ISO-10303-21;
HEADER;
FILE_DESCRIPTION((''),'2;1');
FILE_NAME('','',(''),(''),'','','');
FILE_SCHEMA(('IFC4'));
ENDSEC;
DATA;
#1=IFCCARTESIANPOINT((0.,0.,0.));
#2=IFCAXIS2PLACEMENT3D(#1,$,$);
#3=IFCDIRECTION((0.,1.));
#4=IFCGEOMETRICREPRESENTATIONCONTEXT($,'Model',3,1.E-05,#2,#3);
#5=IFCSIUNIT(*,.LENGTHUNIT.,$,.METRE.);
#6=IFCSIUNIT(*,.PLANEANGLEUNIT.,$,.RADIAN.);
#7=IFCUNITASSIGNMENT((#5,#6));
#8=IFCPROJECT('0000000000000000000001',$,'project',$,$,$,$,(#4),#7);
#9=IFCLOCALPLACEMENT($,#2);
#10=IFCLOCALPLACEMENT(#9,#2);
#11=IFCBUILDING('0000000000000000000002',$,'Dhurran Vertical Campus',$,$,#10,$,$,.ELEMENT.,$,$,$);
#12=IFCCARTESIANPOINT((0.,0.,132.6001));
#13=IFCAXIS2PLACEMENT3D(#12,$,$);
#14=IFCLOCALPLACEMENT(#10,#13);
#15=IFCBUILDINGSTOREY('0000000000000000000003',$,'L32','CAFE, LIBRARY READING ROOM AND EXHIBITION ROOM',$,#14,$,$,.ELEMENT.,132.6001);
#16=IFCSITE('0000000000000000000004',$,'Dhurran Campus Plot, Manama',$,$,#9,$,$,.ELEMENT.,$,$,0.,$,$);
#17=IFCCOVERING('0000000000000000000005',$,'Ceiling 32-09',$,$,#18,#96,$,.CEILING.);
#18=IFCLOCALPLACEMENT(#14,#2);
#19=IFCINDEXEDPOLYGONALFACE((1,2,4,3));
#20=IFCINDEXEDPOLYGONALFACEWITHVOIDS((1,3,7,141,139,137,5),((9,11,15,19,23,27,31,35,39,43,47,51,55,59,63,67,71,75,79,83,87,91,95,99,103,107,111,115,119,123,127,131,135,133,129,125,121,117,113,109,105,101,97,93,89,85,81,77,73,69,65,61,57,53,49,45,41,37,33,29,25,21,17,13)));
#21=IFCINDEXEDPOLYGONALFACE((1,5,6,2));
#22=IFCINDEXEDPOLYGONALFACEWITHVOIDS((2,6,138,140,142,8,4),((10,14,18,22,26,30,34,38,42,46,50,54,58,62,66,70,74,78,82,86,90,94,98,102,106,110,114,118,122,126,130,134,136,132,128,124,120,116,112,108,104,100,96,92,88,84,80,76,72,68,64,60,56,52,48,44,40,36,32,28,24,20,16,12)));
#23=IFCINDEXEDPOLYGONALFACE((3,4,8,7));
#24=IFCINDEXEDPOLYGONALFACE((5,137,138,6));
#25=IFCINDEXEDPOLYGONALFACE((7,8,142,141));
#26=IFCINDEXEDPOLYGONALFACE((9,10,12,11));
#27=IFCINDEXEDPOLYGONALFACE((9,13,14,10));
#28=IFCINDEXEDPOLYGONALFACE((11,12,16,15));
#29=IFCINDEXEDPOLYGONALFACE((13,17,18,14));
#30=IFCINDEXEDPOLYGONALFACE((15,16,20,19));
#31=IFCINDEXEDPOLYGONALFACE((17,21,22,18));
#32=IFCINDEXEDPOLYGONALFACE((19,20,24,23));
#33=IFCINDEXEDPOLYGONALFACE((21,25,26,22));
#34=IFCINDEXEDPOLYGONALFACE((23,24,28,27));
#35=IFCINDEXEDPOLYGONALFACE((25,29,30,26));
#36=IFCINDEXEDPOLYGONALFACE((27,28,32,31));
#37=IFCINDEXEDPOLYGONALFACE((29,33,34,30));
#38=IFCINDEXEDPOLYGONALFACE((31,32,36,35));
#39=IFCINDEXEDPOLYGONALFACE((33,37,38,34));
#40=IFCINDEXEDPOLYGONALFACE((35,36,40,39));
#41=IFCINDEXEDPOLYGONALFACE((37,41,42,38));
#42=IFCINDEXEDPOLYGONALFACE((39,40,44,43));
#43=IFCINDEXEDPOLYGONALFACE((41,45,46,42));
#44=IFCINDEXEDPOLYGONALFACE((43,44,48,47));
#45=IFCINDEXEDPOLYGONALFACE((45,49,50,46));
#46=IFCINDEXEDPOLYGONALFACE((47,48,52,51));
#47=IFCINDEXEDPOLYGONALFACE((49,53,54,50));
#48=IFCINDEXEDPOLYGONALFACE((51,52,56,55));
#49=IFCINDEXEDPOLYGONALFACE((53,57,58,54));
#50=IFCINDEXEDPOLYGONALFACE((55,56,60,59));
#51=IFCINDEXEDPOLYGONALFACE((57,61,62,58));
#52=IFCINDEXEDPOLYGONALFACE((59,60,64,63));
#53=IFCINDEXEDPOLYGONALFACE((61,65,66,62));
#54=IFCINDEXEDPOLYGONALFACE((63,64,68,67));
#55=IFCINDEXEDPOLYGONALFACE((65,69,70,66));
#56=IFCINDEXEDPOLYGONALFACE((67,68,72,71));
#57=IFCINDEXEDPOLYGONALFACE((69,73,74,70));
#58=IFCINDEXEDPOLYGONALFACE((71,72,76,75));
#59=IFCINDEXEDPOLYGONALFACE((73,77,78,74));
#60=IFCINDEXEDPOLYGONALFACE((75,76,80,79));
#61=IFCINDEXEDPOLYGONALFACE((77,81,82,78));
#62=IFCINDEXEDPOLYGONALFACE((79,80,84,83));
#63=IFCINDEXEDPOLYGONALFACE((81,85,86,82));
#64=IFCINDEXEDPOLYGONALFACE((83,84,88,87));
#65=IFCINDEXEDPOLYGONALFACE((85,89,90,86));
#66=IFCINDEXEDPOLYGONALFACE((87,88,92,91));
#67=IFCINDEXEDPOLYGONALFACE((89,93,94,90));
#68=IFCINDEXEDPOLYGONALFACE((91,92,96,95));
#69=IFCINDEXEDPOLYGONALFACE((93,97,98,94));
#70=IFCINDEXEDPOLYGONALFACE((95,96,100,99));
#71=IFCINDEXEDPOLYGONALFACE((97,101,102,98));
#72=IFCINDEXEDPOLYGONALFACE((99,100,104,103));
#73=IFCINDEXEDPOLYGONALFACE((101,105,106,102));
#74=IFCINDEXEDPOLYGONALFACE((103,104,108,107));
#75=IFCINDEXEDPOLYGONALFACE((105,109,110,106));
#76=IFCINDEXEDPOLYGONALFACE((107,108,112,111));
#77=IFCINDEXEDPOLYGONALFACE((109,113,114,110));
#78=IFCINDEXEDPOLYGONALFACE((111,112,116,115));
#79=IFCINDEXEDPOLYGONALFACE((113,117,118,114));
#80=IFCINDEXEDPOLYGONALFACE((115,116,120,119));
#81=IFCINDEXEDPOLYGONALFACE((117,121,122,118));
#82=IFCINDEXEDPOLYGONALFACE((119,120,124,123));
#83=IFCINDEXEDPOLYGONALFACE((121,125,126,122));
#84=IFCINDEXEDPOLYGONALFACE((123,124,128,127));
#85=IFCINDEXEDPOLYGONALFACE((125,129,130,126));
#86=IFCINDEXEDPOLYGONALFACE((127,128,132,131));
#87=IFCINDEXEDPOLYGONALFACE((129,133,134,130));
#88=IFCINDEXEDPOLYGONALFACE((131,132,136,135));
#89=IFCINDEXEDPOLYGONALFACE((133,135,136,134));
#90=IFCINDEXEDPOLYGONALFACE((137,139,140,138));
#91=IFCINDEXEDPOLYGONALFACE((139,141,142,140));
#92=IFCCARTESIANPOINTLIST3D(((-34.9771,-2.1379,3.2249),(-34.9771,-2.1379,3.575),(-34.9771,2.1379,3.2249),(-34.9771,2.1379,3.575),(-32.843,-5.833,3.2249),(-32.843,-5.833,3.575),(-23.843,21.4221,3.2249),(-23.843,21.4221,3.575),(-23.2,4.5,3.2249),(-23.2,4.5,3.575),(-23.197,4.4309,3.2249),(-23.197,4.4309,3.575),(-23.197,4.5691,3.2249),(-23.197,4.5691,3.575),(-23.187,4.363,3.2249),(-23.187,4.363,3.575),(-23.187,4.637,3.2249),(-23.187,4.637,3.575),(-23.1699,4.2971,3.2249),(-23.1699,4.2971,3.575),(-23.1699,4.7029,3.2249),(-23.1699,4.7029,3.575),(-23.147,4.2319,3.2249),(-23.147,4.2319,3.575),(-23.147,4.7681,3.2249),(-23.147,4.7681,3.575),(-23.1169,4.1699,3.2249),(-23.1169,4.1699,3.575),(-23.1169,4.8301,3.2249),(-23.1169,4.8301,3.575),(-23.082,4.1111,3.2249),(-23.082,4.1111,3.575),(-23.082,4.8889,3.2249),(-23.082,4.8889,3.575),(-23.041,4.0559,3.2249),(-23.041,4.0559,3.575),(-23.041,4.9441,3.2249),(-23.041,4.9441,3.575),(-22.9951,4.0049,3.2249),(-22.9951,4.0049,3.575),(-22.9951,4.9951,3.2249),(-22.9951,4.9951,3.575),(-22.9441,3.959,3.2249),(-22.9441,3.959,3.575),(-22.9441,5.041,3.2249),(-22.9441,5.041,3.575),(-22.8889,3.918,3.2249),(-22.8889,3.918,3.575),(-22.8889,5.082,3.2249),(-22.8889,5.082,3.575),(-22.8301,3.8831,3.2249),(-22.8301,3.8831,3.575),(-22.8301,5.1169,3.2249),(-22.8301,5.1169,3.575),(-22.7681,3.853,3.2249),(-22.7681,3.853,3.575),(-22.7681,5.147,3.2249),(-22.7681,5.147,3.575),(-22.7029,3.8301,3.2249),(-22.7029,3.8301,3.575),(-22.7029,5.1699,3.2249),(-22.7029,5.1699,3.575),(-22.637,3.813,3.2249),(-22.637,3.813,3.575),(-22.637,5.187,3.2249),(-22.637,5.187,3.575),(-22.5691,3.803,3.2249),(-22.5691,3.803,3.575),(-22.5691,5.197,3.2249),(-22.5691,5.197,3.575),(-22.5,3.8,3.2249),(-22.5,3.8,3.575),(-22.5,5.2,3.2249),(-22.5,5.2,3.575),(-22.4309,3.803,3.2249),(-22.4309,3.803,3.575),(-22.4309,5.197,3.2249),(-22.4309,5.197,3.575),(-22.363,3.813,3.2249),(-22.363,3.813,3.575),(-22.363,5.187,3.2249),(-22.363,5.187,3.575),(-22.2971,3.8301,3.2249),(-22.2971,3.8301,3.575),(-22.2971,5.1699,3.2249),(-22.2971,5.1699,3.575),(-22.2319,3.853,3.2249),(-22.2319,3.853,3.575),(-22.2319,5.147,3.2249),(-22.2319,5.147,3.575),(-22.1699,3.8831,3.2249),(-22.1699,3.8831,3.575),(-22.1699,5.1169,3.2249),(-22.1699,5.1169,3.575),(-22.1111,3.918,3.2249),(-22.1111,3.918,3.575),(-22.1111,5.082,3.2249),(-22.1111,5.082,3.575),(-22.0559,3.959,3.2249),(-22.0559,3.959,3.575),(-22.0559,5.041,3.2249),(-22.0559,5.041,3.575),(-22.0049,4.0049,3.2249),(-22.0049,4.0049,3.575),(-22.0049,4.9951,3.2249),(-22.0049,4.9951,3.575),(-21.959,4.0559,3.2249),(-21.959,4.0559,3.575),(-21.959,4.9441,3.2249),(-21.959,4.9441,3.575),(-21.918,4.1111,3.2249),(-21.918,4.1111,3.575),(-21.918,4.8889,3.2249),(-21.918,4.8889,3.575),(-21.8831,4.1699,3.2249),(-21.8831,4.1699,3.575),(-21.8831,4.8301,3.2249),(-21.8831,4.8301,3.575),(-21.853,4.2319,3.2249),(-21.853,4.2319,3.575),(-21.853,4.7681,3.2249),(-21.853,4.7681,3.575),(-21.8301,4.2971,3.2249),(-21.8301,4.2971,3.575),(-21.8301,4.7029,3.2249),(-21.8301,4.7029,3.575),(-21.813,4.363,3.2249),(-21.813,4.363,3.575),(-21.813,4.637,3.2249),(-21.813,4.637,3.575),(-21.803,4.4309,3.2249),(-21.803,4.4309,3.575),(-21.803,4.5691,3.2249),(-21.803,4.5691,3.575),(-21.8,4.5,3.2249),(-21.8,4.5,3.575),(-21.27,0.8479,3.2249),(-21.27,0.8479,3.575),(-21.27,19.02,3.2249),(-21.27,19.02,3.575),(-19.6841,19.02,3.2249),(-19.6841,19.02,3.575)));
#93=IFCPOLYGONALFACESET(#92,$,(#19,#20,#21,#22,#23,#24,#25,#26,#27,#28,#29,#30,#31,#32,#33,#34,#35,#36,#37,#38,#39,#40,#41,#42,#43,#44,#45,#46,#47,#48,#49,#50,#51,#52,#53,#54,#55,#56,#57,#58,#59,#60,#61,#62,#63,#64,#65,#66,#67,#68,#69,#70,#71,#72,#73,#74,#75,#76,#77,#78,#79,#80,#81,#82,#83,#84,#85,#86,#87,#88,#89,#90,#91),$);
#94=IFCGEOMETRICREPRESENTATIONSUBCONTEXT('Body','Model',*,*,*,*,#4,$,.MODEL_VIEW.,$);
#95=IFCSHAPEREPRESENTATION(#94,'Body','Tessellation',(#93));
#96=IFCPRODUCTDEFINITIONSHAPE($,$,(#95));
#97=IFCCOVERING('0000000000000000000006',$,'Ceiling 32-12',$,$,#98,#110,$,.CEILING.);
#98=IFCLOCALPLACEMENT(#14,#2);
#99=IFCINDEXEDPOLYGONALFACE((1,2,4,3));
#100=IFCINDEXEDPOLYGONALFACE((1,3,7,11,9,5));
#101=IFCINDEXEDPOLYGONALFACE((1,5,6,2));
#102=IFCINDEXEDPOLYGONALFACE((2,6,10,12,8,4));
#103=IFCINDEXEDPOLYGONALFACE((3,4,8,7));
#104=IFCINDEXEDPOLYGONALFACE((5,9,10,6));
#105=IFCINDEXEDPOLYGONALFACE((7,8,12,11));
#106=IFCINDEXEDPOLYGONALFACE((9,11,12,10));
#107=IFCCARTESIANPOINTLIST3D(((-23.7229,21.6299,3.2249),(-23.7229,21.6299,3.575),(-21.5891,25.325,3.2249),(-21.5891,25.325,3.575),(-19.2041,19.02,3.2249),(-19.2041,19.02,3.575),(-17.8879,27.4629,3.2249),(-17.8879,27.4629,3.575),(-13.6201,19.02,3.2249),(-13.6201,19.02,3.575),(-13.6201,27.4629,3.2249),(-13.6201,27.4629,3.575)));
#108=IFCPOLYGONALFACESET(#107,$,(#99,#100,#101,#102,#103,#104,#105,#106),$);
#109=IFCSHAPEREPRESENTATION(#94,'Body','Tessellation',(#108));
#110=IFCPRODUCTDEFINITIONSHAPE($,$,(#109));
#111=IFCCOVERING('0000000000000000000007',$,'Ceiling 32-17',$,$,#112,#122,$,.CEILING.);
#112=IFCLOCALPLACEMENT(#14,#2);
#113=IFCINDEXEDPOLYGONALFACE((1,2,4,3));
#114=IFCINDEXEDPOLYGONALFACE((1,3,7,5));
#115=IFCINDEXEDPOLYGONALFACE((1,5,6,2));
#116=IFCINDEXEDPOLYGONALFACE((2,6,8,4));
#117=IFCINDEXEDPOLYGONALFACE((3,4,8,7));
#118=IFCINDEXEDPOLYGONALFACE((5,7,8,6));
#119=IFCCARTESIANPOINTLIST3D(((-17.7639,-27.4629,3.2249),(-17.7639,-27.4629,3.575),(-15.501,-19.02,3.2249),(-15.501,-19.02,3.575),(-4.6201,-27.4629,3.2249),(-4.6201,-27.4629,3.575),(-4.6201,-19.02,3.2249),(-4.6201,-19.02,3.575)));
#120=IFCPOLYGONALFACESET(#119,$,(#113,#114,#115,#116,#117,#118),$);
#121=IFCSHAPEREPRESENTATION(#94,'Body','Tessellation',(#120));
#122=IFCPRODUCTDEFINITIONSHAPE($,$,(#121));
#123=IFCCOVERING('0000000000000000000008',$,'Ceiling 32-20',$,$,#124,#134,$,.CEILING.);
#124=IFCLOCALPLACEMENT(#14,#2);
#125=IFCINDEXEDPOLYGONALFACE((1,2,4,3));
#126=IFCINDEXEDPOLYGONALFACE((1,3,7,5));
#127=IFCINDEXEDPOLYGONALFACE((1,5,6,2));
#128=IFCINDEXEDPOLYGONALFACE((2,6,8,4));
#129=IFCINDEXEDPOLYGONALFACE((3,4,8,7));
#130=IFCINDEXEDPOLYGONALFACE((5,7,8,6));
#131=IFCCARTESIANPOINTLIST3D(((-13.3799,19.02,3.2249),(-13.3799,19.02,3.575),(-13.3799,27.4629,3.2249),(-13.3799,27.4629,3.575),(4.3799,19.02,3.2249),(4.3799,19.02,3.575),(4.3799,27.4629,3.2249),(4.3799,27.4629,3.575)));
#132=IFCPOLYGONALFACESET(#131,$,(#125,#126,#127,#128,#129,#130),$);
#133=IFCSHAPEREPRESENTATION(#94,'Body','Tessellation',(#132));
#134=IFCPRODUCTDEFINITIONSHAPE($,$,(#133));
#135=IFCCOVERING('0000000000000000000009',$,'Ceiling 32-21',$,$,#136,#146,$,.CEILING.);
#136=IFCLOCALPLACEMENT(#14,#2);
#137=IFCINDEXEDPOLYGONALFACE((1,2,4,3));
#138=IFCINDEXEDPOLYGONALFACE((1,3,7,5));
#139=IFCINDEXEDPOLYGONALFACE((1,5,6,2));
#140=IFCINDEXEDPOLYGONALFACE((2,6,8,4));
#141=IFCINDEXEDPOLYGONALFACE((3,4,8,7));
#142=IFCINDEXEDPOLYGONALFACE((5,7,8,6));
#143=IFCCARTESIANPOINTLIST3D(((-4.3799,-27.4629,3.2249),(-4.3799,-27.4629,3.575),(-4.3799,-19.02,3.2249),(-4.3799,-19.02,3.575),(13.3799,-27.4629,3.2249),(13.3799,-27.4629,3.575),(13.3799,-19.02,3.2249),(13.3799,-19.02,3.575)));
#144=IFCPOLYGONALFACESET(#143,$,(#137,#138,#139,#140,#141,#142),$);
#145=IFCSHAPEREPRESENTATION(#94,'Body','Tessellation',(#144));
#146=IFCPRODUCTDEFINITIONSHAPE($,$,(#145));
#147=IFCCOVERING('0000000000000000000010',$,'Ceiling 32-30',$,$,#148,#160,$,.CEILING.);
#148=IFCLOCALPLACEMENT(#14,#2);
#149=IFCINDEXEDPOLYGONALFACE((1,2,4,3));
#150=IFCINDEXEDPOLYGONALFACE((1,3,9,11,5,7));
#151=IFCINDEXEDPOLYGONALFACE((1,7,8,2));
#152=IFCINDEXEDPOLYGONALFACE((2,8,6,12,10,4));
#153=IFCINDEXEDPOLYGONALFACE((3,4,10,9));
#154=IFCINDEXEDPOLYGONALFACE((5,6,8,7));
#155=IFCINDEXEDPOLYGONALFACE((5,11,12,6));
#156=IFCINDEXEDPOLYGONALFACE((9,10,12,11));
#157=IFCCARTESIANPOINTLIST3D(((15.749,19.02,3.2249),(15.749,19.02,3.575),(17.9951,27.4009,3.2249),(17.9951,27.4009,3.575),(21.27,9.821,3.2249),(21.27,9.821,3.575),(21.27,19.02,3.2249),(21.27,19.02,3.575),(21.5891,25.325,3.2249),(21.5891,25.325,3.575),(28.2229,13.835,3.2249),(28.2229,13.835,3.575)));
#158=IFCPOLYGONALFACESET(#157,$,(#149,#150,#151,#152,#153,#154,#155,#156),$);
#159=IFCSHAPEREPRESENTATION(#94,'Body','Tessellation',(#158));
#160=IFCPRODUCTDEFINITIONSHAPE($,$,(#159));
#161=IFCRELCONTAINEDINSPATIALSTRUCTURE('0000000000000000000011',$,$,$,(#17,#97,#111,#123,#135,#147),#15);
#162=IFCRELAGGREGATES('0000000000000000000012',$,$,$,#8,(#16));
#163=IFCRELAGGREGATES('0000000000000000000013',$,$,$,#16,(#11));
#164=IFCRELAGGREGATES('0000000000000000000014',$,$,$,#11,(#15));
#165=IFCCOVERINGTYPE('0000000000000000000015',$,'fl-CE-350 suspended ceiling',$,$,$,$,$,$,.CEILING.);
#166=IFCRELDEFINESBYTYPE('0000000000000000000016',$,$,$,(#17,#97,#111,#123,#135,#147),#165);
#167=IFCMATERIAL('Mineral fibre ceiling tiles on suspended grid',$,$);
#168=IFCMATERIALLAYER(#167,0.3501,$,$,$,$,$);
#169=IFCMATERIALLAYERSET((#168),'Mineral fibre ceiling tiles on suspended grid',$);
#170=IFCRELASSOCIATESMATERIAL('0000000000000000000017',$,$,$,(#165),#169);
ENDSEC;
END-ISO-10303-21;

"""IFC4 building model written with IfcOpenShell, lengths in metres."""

from ifc_helpers import new_model, si_unit, direction, frame, origin, place, context, subcontext, project, spatial, polyline, outline, extrude, material, layer, layer_set, type_object, element, save


model = new_model("IFC4")

# Units and contexts
model_context = context("Model", 3, precision=1e-05, world=origin(), true_north=direction((0.0, 1.0)))
body_context = subcontext(model_context, "Body", "Model", "MODEL_VIEW")
ifc_project = project(units=[si_unit("LENGTHUNIT", "METRE"), si_unit("PLANEANGLEUNIT", "RADIAN")], contexts=[model_context])

# Site, building, storey
site_placement = place(None, origin())
site = spatial("IfcSite", under=ifc_project, at=site_placement, Name="Dhurran Campus Plot, Manama", CompositionType="ELEMENT", RefElevation=0.0)
building_placement = place(site_placement, origin())
building = spatial("IfcBuilding", under=site, at=building_placement, Name="Dhurran Vertical Campus", CompositionType="ELEMENT")
storey_placement = place(building_placement, frame((0.0, 0.0, 132.6001)))
storey = spatial("IfcBuildingStorey", under=building, at=storey_placement, Name="L32", Description="CAFE, LIBRARY READING ROOM AND EXHIBITION ROOM", CompositionType="ELEMENT", Elevation=132.6001)

# Coverings
ifc_material_1 = material(Name="Mineral fibre ceiling tiles on suspended grid")
ifc_layer_1 = layer(ifc_material_1, 0.3501)
ifc_layer_set_1 = layer_set([ifc_layer_1], Name="Mineral fibre ceiling tiles on suspended grid")
covering_type = type_object("IfcCoveringType", Name="fl-CE-350 suspended ceiling", PredefinedType="CEILING", material=ifc_layer_set_1)
covering_1_placement = place(storey_placement, frame((0.0, 0.0, 3.2249)))
element("IfcCovering", 1, at=covering_1_placement, inside=storey, type_object=covering_type, Name="Ceiling 32-09", PredefinedType="CEILING", context=body_context, shape_type="SweptSolid", body=[
    extrude(outline(polyline([(-19.6841, 19.02), (-21.27, 19.02), (-21.27, 0.8479), (-32.843, -5.833), (-34.9771, -2.1379), (-34.9771, 2.1379), (-23.843, 21.4221), (-19.6841, 19.02)]), holes=[polyline([(-21.8301, 4.7029), (-21.853, 4.7681), (-21.8831, 4.8301), (-21.918, 4.8889), (-21.959, 4.9441), (-22.0049, 4.9951), (-22.0559, 5.041), (-22.1111, 5.082), (-22.1699, 5.1169), (-22.2319, 5.147), (-22.2971, 5.1699), (-22.363, 5.187), (-22.4309, 5.197), (-22.5, 5.2), (-22.5691, 5.197), (-22.637, 5.187), (-22.7029, 5.1699), (-22.7681, 5.147), (-22.8301, 5.1169), (-22.8889, 5.082), (-22.9441, 5.041), (-22.9951, 4.9951), (-23.041, 4.9441), (-23.082, 4.8889), (-23.1169, 4.8301), (-23.147, 4.7681), (-23.1699, 4.7029), (-23.187, 4.637), (-23.197, 4.5691), (-23.2, 4.5), (-23.197, 4.4309), (-23.187, 4.363), (-23.1699, 4.2971), (-23.147, 4.2319), (-23.1169, 4.1699), (-23.082, 4.1111), (-23.041, 4.0559), (-22.9951, 4.0049), (-22.9441, 3.959), (-22.8889, 3.918), (-22.8301, 3.8831), (-22.7681, 3.853), (-22.7029, 3.8301), (-22.637, 3.813), (-22.5691, 3.803), (-22.5, 3.8), (-22.4309, 3.803), (-22.363, 3.813), (-22.2971, 3.8301), (-22.2319, 3.853), (-22.1699, 3.8831), (-22.1111, 3.918), (-22.0559, 3.959), (-22.0049, 4.0049), (-21.959, 4.0559), (-21.918, 4.1111), (-21.8831, 4.1699), (-21.853, 4.2319), (-21.8301, 4.2971), (-21.813, 4.363), (-21.803, 4.4309), (-21.8, 4.5), (-21.803, 4.5691), (-21.813, 4.637), (-21.8301, 4.7029)])]), origin(), (0.0, 0.0, 1.0), 0.3501),
])
covering_2_placement = place(storey_placement, frame((0.0, 0.0, 3.2249)))
element("IfcCovering", 2, at=covering_2_placement, inside=storey, type_object=covering_type, Name="Ceiling 32-12", PredefinedType="CEILING", context=body_context, shape_type="SweptSolid", body=[
    extrude(outline(polyline([(-13.6201, 19.02), (-19.2041, 19.02), (-23.7229, 21.6299), (-21.5891, 25.325), (-17.8879, 27.4629), (-13.6201, 27.4629), (-13.6201, 19.02)])), origin(), (0.0, 0.0, 1.0), 0.3501),
])
covering_3_placement = place(storey_placement, frame((0.0, 0.0, 3.2249)))
element("IfcCovering", 3, at=covering_3_placement, inside=storey, type_object=covering_type, Name="Ceiling 32-17", PredefinedType="CEILING", context=body_context, shape_type="SweptSolid", body=[
    extrude(outline(polyline([(-4.6201, -27.4629), (-17.7639, -27.4629), (-15.501, -19.02), (-4.6201, -19.02), (-4.6201, -27.4629)])), origin(), (0.0, 0.0, 1.0), 0.3501),
])
covering_4_placement = place(storey_placement, frame((0.0, 0.0, 3.2249)))
element("IfcCovering", 4, at=covering_4_placement, inside=storey, type_object=covering_type, Name="Ceiling 32-20", PredefinedType="CEILING", context=body_context, shape_type="SweptSolid", body=[
    extrude(outline(polyline([(-13.3799, 27.4629), (4.3799, 27.4629), (4.3799, 19.02), (-13.3799, 19.02), (-13.3799, 27.4629)])), origin(), (0.0, 0.0, 1.0), 0.3501),
])
covering_5_placement = place(storey_placement, frame((0.0, 0.0, 3.2249)))
element("IfcCovering", 5, at=covering_5_placement, inside=storey, type_object=covering_type, Name="Ceiling 32-21", PredefinedType="CEILING", context=body_context, shape_type="SweptSolid", body=[
    extrude(outline(polyline([(13.3799, -27.4629), (-4.3799, -27.4629), (-4.3799, -19.02), (13.3799, -19.02), (13.3799, -27.4629)])), origin(), (0.0, 0.0, 1.0), 0.3501),
])
covering_6_placement = place(storey_placement, frame((0.0, 0.0, 3.2249)))
element("IfcCovering", 6, at=covering_6_placement, inside=storey, type_object=covering_type, Name="Ceiling 32-30", PredefinedType="CEILING", context=body_context, shape_type="SweptSolid", body=[
    extrude(outline(polyline([(21.27, 19.02), (15.749, 19.02), (17.9951, 27.4009), (21.5891, 25.325), (28.2229, 13.835), (21.27, 9.821), (21.27, 19.02)])), origin(), (0.0, 0.0, 1.0), 0.3501),
])

save(model, "model.ifc")
